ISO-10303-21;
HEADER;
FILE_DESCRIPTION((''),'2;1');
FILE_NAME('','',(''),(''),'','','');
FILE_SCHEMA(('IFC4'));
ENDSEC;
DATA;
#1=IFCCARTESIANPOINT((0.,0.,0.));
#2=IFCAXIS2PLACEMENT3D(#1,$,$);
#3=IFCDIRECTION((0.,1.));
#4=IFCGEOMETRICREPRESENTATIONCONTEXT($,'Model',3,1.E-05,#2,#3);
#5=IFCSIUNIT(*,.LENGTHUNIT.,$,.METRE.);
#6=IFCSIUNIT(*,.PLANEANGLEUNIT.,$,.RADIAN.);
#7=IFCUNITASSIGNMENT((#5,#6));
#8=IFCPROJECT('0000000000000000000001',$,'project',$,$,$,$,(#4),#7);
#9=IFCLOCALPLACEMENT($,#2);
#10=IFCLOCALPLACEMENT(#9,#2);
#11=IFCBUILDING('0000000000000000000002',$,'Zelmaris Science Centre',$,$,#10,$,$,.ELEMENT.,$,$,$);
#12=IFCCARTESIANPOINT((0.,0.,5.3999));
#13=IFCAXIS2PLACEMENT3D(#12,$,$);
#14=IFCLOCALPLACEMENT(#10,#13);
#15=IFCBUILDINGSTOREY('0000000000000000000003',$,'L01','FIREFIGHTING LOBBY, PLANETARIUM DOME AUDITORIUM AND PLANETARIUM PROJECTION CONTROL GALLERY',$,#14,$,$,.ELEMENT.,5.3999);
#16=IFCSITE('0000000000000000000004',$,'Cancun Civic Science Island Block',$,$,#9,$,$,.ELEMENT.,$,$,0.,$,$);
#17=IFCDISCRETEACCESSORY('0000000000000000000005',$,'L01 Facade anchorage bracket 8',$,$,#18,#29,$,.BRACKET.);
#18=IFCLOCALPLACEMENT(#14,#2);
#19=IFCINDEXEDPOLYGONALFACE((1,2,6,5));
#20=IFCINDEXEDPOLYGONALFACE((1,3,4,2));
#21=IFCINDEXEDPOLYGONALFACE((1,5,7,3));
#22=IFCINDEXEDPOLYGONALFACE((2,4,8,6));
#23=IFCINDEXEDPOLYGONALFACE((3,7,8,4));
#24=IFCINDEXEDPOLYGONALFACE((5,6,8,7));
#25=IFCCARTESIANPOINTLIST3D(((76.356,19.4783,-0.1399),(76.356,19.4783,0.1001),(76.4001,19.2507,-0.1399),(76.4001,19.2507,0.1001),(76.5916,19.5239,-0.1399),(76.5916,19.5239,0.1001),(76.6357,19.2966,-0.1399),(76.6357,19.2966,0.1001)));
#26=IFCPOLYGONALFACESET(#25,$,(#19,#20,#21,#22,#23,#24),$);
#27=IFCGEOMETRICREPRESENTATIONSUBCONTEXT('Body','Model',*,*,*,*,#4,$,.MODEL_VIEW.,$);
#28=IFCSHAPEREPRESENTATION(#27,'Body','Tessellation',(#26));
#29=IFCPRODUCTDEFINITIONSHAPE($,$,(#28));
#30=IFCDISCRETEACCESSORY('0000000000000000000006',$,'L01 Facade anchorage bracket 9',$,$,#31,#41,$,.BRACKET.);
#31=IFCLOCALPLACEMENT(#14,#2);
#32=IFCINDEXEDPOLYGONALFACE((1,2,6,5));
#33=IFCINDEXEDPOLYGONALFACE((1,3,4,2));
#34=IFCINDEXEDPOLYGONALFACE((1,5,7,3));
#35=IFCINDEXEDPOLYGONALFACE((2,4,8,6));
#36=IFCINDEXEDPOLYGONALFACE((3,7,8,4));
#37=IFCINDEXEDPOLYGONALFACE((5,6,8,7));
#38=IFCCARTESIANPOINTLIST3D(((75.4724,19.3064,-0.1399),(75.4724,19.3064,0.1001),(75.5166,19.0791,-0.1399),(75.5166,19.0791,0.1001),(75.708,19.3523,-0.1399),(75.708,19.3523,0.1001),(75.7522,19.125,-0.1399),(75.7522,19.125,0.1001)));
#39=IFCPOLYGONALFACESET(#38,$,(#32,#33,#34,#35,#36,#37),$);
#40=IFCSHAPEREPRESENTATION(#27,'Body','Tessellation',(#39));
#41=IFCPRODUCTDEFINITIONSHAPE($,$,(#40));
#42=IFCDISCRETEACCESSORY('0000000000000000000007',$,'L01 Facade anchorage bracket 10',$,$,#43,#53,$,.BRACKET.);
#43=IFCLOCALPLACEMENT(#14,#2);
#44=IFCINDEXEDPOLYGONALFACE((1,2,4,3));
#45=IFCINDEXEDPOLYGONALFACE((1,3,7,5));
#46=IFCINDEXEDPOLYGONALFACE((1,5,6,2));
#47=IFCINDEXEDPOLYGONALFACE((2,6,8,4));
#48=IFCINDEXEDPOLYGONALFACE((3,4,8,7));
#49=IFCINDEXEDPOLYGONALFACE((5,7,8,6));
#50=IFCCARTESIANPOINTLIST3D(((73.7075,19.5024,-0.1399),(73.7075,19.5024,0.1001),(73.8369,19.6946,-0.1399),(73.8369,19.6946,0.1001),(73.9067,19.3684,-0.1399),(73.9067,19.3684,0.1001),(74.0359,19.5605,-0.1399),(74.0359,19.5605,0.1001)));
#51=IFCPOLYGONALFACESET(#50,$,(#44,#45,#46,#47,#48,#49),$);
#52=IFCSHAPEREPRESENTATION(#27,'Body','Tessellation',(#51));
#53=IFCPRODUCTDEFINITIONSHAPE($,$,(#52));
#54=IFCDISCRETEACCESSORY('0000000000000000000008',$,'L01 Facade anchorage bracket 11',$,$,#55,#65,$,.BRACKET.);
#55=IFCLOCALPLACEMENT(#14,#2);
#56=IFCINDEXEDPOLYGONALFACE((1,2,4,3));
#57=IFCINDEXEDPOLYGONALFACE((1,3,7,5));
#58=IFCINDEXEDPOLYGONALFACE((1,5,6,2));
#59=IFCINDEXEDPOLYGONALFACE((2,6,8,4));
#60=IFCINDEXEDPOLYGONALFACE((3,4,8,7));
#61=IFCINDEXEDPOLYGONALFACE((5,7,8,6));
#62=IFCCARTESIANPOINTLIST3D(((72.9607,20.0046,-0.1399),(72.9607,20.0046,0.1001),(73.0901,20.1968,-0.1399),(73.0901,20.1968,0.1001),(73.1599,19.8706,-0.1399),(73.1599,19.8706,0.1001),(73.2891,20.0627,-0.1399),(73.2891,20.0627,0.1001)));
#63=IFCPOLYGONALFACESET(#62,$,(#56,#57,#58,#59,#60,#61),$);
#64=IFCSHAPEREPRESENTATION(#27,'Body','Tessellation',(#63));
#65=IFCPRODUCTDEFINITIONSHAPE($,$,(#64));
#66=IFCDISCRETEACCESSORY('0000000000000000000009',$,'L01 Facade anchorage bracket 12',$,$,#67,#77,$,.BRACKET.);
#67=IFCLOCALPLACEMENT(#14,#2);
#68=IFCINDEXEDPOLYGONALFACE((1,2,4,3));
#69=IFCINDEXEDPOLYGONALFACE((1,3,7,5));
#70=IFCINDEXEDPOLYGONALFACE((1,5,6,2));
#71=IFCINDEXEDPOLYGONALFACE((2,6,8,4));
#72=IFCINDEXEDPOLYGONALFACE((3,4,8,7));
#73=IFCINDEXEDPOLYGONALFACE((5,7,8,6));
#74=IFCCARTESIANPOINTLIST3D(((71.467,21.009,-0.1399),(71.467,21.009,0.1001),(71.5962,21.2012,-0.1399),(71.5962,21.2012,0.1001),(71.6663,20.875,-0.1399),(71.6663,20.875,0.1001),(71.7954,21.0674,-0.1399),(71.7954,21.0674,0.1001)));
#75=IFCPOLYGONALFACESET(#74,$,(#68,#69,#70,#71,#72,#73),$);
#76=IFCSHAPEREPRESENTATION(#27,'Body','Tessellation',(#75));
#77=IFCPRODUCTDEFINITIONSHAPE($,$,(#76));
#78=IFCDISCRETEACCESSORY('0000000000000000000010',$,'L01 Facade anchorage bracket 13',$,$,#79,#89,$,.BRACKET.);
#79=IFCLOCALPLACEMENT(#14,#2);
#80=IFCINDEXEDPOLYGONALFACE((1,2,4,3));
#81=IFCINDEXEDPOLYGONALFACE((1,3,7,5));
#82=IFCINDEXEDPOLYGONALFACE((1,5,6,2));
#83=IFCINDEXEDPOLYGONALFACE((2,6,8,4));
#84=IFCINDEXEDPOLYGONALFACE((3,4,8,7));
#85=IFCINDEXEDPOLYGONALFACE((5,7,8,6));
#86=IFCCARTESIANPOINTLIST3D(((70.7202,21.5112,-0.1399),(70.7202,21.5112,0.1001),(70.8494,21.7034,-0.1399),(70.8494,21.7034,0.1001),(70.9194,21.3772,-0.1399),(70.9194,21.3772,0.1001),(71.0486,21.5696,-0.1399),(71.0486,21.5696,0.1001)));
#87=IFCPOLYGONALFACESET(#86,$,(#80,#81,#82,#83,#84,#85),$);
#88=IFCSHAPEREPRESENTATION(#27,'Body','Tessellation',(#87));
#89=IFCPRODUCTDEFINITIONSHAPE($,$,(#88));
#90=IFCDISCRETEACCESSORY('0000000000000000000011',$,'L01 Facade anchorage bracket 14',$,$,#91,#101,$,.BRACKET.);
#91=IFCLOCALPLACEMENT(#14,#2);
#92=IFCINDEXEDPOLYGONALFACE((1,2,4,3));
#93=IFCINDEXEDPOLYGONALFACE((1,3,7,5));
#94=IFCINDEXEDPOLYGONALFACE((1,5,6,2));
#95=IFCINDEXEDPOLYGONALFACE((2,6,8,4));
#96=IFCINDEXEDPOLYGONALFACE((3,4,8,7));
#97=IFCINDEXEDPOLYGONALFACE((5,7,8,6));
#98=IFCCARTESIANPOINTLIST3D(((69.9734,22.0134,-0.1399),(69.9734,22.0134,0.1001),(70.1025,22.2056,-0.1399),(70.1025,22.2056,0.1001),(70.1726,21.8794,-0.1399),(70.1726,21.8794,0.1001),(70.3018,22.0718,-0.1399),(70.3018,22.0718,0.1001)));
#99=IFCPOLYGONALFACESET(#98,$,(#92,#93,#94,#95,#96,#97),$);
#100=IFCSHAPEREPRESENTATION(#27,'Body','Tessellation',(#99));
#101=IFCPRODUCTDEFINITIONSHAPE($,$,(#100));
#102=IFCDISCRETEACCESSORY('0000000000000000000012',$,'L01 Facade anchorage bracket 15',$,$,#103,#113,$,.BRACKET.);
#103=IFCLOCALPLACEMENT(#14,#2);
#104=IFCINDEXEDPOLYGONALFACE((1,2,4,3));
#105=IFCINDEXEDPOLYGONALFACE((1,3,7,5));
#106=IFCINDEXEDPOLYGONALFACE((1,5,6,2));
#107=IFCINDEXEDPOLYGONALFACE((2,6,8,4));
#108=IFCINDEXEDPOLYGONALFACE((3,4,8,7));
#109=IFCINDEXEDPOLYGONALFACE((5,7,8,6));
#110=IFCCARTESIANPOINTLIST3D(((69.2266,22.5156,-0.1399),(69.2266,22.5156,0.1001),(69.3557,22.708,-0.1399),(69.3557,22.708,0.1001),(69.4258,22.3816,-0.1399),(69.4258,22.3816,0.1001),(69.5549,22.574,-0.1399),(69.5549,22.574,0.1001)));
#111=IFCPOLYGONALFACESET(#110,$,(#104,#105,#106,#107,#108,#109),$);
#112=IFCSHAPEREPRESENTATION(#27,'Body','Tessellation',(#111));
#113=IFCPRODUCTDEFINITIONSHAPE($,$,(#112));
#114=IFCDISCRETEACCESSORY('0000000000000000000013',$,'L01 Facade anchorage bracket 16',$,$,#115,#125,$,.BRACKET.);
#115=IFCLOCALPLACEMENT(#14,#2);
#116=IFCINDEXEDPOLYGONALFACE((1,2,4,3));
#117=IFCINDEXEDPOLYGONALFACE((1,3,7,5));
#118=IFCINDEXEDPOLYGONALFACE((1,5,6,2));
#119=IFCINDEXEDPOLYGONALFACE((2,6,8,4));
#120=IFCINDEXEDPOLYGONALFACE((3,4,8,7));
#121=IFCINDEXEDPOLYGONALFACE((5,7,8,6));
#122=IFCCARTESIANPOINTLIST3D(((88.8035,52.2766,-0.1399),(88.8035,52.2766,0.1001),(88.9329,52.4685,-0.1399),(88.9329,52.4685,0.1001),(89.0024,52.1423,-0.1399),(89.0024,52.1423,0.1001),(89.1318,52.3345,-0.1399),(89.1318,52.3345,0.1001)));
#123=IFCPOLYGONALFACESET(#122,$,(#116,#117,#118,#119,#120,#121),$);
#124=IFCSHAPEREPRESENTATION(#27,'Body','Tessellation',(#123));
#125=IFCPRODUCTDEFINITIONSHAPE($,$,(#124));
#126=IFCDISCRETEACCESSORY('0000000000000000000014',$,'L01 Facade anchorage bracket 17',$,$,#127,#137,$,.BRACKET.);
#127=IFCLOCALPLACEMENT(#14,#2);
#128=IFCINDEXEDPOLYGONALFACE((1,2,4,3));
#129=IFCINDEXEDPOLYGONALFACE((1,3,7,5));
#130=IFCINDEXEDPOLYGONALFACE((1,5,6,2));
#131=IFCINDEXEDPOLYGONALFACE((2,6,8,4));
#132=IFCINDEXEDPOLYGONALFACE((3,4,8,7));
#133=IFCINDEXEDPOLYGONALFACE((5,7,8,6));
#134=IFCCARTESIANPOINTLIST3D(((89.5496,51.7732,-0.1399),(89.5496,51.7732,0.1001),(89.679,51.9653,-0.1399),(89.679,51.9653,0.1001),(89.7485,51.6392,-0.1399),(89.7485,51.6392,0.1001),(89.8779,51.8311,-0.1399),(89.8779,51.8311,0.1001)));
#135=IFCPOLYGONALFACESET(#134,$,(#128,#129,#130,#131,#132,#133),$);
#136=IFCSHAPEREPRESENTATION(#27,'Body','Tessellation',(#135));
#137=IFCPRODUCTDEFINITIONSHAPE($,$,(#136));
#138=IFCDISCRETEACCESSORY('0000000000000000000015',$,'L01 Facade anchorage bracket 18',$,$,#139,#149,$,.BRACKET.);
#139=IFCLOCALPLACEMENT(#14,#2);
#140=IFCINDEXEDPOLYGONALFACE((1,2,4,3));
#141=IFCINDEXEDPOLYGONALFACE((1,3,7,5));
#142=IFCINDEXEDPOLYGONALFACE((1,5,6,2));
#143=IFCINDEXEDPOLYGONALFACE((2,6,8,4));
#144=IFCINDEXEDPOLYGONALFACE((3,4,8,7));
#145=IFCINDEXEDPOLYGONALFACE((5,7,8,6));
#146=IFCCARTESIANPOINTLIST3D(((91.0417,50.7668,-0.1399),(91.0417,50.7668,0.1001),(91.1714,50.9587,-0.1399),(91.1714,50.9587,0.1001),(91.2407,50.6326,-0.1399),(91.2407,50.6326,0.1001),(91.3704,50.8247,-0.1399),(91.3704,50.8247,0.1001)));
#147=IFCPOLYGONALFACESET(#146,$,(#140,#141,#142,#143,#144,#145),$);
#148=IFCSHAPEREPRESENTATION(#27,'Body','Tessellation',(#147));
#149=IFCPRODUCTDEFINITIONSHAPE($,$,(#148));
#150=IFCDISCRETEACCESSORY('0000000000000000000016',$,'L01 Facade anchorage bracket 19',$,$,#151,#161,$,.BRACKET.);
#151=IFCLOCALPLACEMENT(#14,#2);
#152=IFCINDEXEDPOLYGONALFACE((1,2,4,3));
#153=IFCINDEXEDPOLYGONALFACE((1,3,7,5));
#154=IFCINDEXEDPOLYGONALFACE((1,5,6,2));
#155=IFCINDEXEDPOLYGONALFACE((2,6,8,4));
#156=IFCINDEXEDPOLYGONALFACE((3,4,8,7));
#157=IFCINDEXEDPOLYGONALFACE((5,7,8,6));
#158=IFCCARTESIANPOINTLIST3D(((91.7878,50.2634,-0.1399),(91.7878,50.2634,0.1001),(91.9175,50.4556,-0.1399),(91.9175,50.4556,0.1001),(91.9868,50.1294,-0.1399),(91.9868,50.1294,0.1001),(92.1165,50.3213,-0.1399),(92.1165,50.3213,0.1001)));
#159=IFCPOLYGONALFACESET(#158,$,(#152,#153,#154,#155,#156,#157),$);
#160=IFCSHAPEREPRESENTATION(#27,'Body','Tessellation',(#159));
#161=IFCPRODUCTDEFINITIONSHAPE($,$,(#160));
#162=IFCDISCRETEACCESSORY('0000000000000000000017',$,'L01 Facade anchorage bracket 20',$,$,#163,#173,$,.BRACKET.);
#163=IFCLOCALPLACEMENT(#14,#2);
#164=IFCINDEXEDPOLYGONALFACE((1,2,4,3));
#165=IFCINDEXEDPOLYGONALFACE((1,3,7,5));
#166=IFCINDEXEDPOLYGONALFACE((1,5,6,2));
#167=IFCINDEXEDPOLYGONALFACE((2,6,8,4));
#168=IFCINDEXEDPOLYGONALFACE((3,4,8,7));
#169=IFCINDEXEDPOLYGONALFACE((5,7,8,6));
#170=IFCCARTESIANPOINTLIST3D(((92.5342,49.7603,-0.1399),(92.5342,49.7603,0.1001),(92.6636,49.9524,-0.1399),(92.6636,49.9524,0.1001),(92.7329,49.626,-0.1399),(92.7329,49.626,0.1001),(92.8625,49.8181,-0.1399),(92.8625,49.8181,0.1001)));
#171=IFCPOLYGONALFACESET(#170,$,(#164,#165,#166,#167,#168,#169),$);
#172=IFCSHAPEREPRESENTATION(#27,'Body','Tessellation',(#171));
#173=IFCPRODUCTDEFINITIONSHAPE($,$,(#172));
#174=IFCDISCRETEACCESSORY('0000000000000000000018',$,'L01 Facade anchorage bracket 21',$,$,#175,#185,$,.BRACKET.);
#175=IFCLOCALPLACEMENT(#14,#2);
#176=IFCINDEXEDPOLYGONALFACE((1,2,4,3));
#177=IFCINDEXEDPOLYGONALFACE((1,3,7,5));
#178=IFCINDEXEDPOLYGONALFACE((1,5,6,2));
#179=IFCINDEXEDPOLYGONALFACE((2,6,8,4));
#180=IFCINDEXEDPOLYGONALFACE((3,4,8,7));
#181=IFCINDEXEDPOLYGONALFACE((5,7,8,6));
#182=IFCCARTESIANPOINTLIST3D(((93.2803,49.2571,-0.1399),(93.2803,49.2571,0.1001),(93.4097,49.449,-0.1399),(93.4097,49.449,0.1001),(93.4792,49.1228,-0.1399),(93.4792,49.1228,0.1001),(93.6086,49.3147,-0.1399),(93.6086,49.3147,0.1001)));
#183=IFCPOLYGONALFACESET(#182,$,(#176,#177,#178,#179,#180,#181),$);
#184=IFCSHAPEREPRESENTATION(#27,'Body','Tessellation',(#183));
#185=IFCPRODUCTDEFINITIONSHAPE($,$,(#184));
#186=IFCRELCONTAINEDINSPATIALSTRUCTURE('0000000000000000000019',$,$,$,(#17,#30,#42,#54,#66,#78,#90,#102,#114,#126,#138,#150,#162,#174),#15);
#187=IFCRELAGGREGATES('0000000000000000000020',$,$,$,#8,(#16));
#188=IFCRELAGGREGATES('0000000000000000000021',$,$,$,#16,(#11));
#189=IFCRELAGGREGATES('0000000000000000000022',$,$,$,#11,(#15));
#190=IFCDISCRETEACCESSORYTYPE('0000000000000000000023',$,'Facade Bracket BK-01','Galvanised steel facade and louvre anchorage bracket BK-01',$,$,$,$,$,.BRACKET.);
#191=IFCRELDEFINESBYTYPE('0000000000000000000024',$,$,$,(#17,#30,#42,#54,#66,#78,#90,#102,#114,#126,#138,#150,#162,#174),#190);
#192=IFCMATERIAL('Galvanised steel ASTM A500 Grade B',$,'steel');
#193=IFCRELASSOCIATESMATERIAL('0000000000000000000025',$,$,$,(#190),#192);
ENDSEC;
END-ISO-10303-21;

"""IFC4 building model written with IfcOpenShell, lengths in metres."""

from ifc_helpers import new_model, si_unit, direction, frame, origin, place, context, subcontext, project, spatial, polyline, outline, extrude, material, type_object, element, save


model = new_model("IFC4")

# Units and contexts
model_context = context("Model", 3, precision=1e-05, world=origin(), true_north=direction((0.0, 1.0)))
body_context = subcontext(model_context, "Body", "Model", "MODEL_VIEW")
ifc_project = project(units=[si_unit("LENGTHUNIT", "METRE"), si_unit("PLANEANGLEUNIT", "RADIAN")], contexts=[model_context])

# Site, building, storey
site_placement = place(None, origin())
site = spatial("IfcSite", under=ifc_project, at=site_placement, Name="Cancun Civic Science Island Block", CompositionType="ELEMENT", RefElevation=0.0)
building_placement = place(site_placement, origin())
building = spatial("IfcBuilding", under=site, at=building_placement, Name="Zelmaris Science Centre", CompositionType="ELEMENT")
storey_placement = place(building_placement, frame((0.0, 0.0, 5.3999)))
storey = spatial("IfcBuildingStorey", under=building, at=storey_placement, Name="L01", Description="FIREFIGHTING LOBBY, PLANETARIUM DOME AUDITORIUM AND PLANETARIUM PROJECTION CONTROL GALLERY", CompositionType="ELEMENT", Elevation=5.3999)

# Discrete accessories
ifc_material = material(Name="Galvanised steel ASTM A500 Grade B", Category="steel")
discrete_accessory_type = type_object("IfcDiscreteAccessoryType", Name="Facade Bracket BK-01", Description="Galvanised steel facade and louvre anchorage bracket BK-01", PredefinedType="BRACKET", material=ifc_material)
discrete_accessory_1_placement = place(storey_placement, frame((0.0, 0.0, -0.1399)))
element("IfcDiscreteAccessory", 1, at=discrete_accessory_1_placement, inside=storey, type_object=discrete_accessory_type, Name="L01 Facade anchorage bracket 8", PredefinedType="BRACKET", context=body_context, shape_type="SweptSolid", body=[
    extrude(outline(polyline([(76.5916, 19.5239), (76.356, 19.4783), (76.4001, 19.2507), (76.6357, 19.2966), (76.5916, 19.5239)])), origin(), (0.0, 0.0, 1.0), 0.24),
])
discrete_accessory_2_placement = place(storey_placement, frame((0.0, 0.0, -0.1399)))
element("IfcDiscreteAccessory", 2, at=discrete_accessory_2_placement, inside=storey, type_object=discrete_accessory_type, Name="L01 Facade anchorage bracket 9", PredefinedType="BRACKET", context=body_context, shape_type="SweptSolid", body=[
    extrude(outline(polyline([(75.708, 19.3523), (75.4724, 19.3064), (75.5166, 19.0791), (75.7522, 19.125), (75.708, 19.3523)])), origin(), (0.0, 0.0, 1.0), 0.24),
])
discrete_accessory_3_placement = place(storey_placement, frame((0.0, 0.0, -0.1399)))
element("IfcDiscreteAccessory", 3, at=discrete_accessory_3_placement, inside=storey, type_object=discrete_accessory_type, Name="L01 Facade anchorage bracket 10", PredefinedType="BRACKET", context=body_context, shape_type="SweptSolid", body=[
    extrude(outline(polyline([(74.0359, 19.5605), (73.8369, 19.6946), (73.7075, 19.5024), (73.9067, 19.3684), (74.0359, 19.5605)])), origin(), (0.0, 0.0, 1.0), 0.24),
])
discrete_accessory_4_placement = place(storey_placement, frame((0.0, 0.0, -0.1399)))
element("IfcDiscreteAccessory", 4, at=discrete_accessory_4_placement, inside=storey, type_object=discrete_accessory_type, Name="L01 Facade anchorage bracket 11", PredefinedType="BRACKET", context=body_context, shape_type="SweptSolid", body=[
    extrude(outline(polyline([(73.2891, 20.0627), (73.0901, 20.1968), (72.9607, 20.0046), (73.1599, 19.8706), (73.2891, 20.0627)])), origin(), (0.0, 0.0, 1.0), 0.24),
])
discrete_accessory_5_placement = place(storey_placement, frame((0.0, 0.0, -0.1399)))
element("IfcDiscreteAccessory", 5, at=discrete_accessory_5_placement, inside=storey, type_object=discrete_accessory_type, Name="L01 Facade anchorage bracket 12", PredefinedType="BRACKET", context=body_context, shape_type="SweptSolid", body=[
    extrude(outline(polyline([(71.7954, 21.0674), (71.5962, 21.2012), (71.467, 21.009), (71.6663, 20.875), (71.7954, 21.0674)])), origin(), (0.0, 0.0, 1.0), 0.24),
])
discrete_accessory_6_placement = place(storey_placement, frame((0.0, 0.0, -0.1399)))
element("IfcDiscreteAccessory", 6, at=discrete_accessory_6_placement, inside=storey, type_object=discrete_accessory_type, Name="L01 Facade anchorage bracket 13", PredefinedType="BRACKET", context=body_context, shape_type="SweptSolid", body=[
    extrude(outline(polyline([(71.0486, 21.5696), (70.8494, 21.7034), (70.7202, 21.5112), (70.9194, 21.3772), (71.0486, 21.5696)])), origin(), (0.0, 0.0, 1.0), 0.24),
])
discrete_accessory_7_placement = place(storey_placement, frame((0.0, 0.0, -0.1399)))
element("IfcDiscreteAccessory", 7, at=discrete_accessory_7_placement, inside=storey, type_object=discrete_accessory_type, Name="L01 Facade anchorage bracket 14", PredefinedType="BRACKET", context=body_context, shape_type="SweptSolid", body=[
    extrude(outline(polyline([(70.3018, 22.0718), (70.1025, 22.2056), (69.9734, 22.0134), (70.1726, 21.8794), (70.3018, 22.0718)])), origin(), (0.0, 0.0, 1.0), 0.24),
])
discrete_accessory_8_placement = place(storey_placement, frame((0.0, 0.0, -0.1399)))
element("IfcDiscreteAccessory", 8, at=discrete_accessory_8_placement, inside=storey, type_object=discrete_accessory_type, Name="L01 Facade anchorage bracket 15", PredefinedType="BRACKET", context=body_context, shape_type="SweptSolid", body=[
    extrude(outline(polyline([(69.5549, 22.574), (69.3557, 22.708), (69.2266, 22.5156), (69.4258, 22.3816), (69.5549, 22.574)])), origin(), (0.0, 0.0, 1.0), 0.24),
])
discrete_accessory_9_placement = place(storey_placement, frame((0.0, 0.0, -0.1399)))
element("IfcDiscreteAccessory", 9, at=discrete_accessory_9_placement, inside=storey, type_object=discrete_accessory_type, Name="L01 Facade anchorage bracket 16", PredefinedType="BRACKET", context=body_context, shape_type="SweptSolid", body=[
    extrude(outline(polyline([(88.8035, 52.2766), (89.0024, 52.1423), (89.1318, 52.3345), (88.9329, 52.4685), (88.8035, 52.2766)])), origin(), (0.0, 0.0, 1.0), 0.24),
])
discrete_accessory_10_placement = place(storey_placement, frame((0.0, 0.0, -0.1399)))
element("IfcDiscreteAccessory", 10, at=discrete_accessory_10_placement, inside=storey, type_object=discrete_accessory_type, Name="L01 Facade anchorage bracket 17", PredefinedType="BRACKET", context=body_context, shape_type="SweptSolid", body=[
    extrude(outline(polyline([(89.5496, 51.7732), (89.7485, 51.6392), (89.8779, 51.8311), (89.679, 51.9653), (89.5496, 51.7732)])), origin(), (0.0, 0.0, 1.0), 0.24),
])
discrete_accessory_11_placement = place(storey_placement, frame((0.0, 0.0, -0.1399)))
element("IfcDiscreteAccessory", 11, at=discrete_accessory_11_placement, inside=storey, type_object=discrete_accessory_type, Name="L01 Facade anchorage bracket 18", PredefinedType="BRACKET", context=body_context, shape_type="SweptSolid", body=[
    extrude(outline(polyline([(91.0417, 50.7668), (91.2407, 50.6326), (91.3704, 50.8247), (91.1714, 50.9587), (91.0417, 50.7668)])), origin(), (0.0, 0.0, 1.0), 0.24),
])
discrete_accessory_12_placement = place(storey_placement, frame((0.0, 0.0, -0.1399)))
element("IfcDiscreteAccessory", 12, at=discrete_accessory_12_placement, inside=storey, type_object=discrete_accessory_type, Name="L01 Facade anchorage bracket 19", PredefinedType="BRACKET", context=body_context, shape_type="SweptSolid", body=[
    extrude(outline(polyline([(91.7878, 50.2634), (91.9868, 50.1294), (92.1165, 50.3213), (91.9175, 50.4556), (91.7878, 50.2634)])), origin(), (0.0, 0.0, 1.0), 0.24),
])
discrete_accessory_13_placement = place(storey_placement, frame((0.0, 0.0, -0.1399)))
element("IfcDiscreteAccessory", 13, at=discrete_accessory_13_placement, inside=storey, type_object=discrete_accessory_type, Name="L01 Facade anchorage bracket 20", PredefinedType="BRACKET", context=body_context, shape_type="SweptSolid", body=[
    extrude(outline(polyline([(92.5342, 49.7603), (92.7329, 49.626), (92.8625, 49.8181), (92.6636, 49.9524), (92.5342, 49.7603)])), origin(), (0.0, 0.0, 1.0), 0.24),
])
discrete_accessory_14_placement = place(storey_placement, frame((0.0, 0.0, -0.1399)))
element("IfcDiscreteAccessory", 14, at=discrete_accessory_14_placement, inside=storey, type_object=discrete_accessory_type, Name="L01 Facade anchorage bracket 21", PredefinedType="BRACKET", context=body_context, shape_type="SweptSolid", body=[
    extrude(outline(polyline([(93.2803, 49.2571), (93.4792, 49.1228), (93.6086, 49.3147), (93.4097, 49.449), (93.2803, 49.2571)])), origin(), (0.0, 0.0, 1.0), 0.24),
])

save(model, "model.ifc")
